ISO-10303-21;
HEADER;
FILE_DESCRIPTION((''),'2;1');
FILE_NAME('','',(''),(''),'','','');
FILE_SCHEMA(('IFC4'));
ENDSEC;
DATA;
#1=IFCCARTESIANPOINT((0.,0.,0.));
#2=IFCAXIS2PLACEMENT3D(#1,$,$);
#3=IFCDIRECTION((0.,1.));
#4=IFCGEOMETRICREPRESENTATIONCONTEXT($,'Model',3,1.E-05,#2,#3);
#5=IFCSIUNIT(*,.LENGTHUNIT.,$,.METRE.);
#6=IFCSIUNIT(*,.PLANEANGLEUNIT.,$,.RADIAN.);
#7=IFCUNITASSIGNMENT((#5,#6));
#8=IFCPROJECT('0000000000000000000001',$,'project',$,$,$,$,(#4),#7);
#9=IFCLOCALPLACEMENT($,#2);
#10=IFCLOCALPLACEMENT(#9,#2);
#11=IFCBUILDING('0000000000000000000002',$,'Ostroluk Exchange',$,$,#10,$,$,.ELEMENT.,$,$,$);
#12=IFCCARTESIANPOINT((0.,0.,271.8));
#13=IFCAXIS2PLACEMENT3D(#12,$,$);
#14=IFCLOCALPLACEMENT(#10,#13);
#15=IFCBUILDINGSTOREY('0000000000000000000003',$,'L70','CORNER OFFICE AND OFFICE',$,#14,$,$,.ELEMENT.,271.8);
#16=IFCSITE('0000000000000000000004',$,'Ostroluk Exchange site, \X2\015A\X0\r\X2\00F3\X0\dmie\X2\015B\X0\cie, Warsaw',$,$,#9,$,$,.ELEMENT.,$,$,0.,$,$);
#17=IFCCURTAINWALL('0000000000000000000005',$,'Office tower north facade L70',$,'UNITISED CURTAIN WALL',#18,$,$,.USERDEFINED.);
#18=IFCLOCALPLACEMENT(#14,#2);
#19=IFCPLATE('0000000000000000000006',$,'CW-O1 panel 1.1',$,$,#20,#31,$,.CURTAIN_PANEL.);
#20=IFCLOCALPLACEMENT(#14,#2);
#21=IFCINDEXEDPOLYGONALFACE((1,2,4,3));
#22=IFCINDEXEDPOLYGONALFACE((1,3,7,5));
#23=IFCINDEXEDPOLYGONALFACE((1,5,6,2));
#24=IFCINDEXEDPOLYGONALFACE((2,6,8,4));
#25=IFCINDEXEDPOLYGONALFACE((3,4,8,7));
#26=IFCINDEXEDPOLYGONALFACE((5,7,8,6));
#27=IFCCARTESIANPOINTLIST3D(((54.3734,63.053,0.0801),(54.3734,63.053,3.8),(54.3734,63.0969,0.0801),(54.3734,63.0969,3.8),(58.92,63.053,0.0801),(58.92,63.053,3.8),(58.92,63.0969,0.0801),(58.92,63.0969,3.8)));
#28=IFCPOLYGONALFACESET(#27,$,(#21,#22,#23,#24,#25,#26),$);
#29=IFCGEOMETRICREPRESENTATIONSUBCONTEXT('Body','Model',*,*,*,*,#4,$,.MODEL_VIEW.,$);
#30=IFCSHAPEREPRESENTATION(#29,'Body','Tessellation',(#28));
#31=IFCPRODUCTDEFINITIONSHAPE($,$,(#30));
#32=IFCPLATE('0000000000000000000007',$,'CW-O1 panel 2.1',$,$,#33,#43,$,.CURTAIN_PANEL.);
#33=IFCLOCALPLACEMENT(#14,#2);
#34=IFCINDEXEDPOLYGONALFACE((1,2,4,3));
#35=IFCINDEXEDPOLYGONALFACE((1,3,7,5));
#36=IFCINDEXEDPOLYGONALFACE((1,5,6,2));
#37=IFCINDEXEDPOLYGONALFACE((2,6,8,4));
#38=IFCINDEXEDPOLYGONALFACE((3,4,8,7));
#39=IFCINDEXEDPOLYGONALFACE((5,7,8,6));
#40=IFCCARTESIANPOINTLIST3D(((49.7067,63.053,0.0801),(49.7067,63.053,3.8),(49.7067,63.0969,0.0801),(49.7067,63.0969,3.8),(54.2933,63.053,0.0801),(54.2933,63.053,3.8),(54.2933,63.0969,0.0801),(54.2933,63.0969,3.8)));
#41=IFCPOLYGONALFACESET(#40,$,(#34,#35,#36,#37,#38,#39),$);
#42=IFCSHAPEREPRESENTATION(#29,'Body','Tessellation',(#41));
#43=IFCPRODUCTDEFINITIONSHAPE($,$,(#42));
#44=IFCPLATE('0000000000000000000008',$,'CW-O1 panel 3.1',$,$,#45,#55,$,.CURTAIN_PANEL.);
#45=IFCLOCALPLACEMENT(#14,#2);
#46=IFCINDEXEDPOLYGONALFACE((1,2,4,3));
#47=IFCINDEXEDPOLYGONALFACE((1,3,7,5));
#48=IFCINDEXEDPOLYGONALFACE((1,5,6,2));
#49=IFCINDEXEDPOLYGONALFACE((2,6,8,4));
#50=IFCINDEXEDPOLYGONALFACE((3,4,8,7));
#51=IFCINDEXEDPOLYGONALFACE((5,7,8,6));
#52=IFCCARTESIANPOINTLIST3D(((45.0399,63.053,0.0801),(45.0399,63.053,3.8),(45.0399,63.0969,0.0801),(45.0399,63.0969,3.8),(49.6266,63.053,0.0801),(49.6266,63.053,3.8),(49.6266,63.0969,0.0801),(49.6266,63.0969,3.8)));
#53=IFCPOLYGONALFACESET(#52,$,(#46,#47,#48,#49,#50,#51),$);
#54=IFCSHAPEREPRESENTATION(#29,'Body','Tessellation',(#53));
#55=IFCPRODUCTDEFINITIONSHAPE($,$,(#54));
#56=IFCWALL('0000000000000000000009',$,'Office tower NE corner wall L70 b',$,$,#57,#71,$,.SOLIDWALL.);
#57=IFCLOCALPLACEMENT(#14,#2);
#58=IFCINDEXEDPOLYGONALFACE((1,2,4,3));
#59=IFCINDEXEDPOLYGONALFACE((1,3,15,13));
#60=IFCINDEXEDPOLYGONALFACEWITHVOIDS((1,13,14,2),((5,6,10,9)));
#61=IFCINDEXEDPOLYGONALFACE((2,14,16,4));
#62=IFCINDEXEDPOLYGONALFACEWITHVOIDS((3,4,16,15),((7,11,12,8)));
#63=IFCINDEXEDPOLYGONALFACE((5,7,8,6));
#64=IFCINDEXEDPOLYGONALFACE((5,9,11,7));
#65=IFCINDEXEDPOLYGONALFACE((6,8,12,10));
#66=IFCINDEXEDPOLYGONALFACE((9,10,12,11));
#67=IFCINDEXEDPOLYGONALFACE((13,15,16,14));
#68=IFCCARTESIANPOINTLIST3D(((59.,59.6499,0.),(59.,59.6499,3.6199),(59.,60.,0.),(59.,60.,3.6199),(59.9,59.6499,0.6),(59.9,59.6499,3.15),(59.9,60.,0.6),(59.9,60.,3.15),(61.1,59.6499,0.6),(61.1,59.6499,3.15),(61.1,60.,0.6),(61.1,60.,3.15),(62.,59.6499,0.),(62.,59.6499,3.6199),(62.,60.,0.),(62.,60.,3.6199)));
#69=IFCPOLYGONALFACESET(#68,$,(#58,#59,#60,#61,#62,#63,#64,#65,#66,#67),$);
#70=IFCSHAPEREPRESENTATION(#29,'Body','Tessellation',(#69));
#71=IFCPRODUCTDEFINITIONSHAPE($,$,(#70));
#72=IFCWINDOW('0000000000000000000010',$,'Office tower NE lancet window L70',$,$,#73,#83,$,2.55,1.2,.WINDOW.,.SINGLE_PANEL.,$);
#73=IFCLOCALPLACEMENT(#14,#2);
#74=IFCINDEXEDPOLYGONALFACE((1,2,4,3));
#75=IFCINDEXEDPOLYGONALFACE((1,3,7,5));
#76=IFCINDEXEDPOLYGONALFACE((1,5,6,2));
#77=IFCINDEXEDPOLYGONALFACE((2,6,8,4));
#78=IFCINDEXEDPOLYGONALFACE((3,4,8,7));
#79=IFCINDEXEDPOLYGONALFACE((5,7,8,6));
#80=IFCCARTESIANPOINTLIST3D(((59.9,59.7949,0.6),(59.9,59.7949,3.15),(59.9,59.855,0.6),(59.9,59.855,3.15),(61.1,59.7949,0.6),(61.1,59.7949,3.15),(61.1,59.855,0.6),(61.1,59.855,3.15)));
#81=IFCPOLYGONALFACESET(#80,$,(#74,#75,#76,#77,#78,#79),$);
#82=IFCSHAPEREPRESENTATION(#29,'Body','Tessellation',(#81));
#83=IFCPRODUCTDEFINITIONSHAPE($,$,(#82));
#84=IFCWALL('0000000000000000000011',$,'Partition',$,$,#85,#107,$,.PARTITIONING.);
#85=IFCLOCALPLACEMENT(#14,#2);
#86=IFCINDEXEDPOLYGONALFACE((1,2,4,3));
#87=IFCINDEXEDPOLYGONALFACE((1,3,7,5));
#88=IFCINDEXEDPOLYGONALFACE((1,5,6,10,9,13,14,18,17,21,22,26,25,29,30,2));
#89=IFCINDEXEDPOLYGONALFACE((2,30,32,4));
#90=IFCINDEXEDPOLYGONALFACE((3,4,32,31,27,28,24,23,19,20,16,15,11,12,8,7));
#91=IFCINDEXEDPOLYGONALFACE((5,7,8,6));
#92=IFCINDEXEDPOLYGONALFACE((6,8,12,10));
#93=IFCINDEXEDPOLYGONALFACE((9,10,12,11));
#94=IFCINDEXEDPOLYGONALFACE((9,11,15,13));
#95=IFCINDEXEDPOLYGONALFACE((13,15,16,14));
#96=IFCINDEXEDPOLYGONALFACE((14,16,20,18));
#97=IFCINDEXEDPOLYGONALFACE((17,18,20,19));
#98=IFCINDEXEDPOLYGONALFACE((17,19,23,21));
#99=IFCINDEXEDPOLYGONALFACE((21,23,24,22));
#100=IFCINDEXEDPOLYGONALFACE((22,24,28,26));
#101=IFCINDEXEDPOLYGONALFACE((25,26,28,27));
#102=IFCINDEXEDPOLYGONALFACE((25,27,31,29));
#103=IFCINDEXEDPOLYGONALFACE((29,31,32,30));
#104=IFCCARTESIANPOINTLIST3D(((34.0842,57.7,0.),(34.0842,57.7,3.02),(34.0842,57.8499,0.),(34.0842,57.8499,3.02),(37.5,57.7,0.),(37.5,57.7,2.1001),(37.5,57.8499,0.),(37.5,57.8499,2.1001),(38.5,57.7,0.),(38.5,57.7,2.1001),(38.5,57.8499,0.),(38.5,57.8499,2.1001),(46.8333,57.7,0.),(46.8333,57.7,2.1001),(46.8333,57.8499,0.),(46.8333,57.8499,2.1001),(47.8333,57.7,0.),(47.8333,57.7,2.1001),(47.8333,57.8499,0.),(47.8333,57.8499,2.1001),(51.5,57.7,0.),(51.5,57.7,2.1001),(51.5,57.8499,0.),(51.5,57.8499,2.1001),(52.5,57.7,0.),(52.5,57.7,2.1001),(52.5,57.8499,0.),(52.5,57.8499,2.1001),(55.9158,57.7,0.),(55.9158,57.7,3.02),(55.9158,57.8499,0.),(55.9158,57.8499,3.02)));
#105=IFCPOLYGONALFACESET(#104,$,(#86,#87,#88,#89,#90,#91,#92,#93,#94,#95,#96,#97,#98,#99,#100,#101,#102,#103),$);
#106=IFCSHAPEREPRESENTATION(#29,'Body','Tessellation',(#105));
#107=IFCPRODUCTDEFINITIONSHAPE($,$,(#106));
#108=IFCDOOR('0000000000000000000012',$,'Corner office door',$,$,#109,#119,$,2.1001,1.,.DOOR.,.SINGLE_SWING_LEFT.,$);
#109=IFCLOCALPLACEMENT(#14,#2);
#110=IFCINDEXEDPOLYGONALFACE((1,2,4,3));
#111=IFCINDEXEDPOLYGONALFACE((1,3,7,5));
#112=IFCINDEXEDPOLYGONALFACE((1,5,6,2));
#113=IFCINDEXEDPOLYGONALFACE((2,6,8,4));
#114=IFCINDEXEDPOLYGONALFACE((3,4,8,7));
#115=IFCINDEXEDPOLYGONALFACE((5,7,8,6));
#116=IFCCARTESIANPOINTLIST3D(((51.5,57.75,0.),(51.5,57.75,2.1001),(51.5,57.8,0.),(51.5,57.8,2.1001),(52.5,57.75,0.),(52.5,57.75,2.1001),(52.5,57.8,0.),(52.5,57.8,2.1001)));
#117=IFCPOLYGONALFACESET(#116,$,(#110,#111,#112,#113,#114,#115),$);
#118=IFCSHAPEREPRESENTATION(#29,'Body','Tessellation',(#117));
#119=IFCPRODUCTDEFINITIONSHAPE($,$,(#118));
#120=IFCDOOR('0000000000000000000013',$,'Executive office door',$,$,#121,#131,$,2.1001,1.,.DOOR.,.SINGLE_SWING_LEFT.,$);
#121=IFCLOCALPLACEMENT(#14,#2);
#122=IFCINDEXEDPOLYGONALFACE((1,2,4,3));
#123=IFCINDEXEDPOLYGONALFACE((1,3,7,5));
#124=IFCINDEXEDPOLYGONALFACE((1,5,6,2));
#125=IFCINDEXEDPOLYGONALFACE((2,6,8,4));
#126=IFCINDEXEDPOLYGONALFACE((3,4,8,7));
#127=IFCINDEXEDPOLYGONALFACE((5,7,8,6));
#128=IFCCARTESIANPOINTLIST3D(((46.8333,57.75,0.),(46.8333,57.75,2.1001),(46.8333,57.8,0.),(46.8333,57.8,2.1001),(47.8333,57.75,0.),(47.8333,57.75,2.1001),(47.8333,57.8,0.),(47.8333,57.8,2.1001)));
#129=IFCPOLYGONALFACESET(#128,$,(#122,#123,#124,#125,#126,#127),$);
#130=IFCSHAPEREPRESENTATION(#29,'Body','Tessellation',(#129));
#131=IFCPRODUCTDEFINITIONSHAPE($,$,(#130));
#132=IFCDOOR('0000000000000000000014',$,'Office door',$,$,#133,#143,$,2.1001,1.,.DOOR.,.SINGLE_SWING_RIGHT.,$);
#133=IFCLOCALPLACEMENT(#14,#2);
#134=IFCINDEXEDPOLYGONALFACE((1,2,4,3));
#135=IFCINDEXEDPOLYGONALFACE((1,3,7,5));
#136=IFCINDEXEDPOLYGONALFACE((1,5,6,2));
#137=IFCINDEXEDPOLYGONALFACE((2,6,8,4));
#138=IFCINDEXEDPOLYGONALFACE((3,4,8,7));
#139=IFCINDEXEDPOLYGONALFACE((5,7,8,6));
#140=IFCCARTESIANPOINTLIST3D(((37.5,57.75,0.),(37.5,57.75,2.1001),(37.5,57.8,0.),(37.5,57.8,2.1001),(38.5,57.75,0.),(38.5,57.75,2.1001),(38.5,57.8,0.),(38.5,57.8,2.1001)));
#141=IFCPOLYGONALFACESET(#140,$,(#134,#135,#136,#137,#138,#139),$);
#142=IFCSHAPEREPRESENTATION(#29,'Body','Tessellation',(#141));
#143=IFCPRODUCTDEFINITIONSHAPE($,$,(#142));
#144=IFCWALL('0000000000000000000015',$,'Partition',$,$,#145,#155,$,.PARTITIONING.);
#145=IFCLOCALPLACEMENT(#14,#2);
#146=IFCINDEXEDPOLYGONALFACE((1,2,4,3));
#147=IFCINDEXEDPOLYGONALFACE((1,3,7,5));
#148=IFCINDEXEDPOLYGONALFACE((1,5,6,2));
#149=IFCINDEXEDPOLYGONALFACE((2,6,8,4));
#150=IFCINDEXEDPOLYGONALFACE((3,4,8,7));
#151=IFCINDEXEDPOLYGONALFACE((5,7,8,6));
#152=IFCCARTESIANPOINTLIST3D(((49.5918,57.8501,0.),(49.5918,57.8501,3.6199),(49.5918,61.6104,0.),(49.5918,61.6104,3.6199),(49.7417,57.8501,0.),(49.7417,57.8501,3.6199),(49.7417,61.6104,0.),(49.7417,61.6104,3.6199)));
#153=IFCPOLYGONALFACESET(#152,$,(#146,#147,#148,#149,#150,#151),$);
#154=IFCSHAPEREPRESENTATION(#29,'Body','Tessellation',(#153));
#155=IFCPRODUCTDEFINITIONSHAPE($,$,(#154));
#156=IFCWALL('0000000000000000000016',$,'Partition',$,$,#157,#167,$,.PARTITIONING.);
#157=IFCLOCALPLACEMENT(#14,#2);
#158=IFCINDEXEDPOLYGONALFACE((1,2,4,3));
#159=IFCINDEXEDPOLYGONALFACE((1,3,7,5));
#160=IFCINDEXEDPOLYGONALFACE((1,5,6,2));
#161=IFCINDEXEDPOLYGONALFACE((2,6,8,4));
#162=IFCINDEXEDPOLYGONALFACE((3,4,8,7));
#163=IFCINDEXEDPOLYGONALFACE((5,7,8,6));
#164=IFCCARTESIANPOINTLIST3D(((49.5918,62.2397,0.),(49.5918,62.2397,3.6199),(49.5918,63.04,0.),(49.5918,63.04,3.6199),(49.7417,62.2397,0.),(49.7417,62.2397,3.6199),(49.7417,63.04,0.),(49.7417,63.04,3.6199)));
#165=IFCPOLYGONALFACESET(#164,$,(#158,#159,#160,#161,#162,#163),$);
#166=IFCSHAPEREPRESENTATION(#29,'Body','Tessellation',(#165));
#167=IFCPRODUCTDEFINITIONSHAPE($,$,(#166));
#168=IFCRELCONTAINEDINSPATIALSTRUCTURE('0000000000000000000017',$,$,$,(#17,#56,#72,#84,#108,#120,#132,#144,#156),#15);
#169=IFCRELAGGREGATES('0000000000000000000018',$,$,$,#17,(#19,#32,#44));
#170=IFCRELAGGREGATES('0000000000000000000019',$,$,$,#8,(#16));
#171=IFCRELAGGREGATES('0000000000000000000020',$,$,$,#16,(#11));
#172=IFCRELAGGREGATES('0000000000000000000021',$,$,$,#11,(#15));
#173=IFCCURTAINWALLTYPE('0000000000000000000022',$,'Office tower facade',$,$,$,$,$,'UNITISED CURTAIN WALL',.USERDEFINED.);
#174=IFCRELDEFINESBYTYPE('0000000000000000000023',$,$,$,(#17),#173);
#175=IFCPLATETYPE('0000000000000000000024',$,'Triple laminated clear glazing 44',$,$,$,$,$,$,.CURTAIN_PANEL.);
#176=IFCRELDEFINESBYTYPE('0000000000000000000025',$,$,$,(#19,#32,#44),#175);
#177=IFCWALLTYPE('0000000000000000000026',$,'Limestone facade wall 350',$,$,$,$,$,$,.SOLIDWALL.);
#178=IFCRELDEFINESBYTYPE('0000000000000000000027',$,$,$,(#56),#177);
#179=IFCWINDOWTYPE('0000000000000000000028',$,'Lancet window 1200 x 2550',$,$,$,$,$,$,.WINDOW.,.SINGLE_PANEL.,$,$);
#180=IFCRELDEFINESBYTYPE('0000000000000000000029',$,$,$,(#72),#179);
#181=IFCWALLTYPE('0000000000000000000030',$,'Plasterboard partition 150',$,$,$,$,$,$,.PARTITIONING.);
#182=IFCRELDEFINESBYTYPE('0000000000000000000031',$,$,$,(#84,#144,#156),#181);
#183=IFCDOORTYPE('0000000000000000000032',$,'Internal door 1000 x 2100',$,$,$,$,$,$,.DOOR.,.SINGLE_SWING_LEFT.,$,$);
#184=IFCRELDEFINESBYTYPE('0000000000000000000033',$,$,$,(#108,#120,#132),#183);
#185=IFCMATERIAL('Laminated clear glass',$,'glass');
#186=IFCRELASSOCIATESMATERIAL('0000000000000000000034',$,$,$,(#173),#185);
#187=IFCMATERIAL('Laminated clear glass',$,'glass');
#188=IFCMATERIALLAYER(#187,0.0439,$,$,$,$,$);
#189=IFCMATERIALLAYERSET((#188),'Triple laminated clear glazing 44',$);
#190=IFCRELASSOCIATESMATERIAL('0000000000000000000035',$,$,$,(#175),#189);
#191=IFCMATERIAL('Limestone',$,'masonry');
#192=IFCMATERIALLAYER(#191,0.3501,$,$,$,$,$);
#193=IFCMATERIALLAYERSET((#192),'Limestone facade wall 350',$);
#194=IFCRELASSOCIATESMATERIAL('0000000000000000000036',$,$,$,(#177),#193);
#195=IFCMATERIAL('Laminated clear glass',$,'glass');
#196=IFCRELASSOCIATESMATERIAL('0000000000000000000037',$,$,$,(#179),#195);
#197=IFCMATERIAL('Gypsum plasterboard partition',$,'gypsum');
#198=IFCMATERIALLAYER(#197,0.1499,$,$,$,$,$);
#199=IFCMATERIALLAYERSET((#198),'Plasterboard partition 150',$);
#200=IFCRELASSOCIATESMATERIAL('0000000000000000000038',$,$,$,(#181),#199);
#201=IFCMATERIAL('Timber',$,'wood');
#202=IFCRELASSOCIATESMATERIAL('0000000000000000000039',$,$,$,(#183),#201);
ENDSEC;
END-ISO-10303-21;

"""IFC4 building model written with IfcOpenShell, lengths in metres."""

from ifc_helpers import new_model, si_unit, direction, frame, frame_2d, origin, origin_2d, place, context, subcontext, project, spatial, rectangle, extrude, material, layer, layer_set, type_object, element, fill, aggregate, save


model = new_model("IFC4")

# Units and contexts
model_context = context("Model", 3, precision=1e-05, world=origin(), true_north=direction((0.0, 1.0)))
body_context = subcontext(model_context, "Body", "Model", "MODEL_VIEW")
ifc_project = project(units=[si_unit("LENGTHUNIT", "METRE"), si_unit("PLANEANGLEUNIT", "RADIAN")], contexts=[model_context])

# Site, building, storey
site_placement = place(None, origin())
site = spatial("IfcSite", under=ifc_project, at=site_placement, Name="Ostroluk Exchange site, Śródmieście, Warsaw", CompositionType="ELEMENT", RefElevation=0.0)
building_placement = place(site_placement, origin())
building = spatial("IfcBuilding", under=site, at=building_placement, Name="Ostroluk Exchange", CompositionType="ELEMENT")
storey_placement = place(building_placement, frame((0.0, 0.0, 271.8)))
storey = spatial("IfcBuildingStorey", under=building, at=storey_placement, Name="L70", Description="CORNER OFFICE AND OFFICE", CompositionType="ELEMENT", Elevation=271.8)

# Curtain wall
ifc_material_1 = material(Name="Laminated clear glass", Category="glass")
curtain_wall_type = type_object("IfcCurtainWallType", Name="Office tower facade", ElementType="UNITISED CURTAIN WALL", PredefinedType="USERDEFINED", material=ifc_material_1)
curtain_wall_1_placement = place(storey_placement, origin())
curtain_wall_1 = element("IfcCurtainWall", 1, at=curtain_wall_1_placement, inside=storey, type_object=curtain_wall_type, Name="Office tower north facade L70", ObjectType="UNITISED CURTAIN WALL", PredefinedType="USERDEFINED")

# Plates
ifc_material_2 = material(Name="Laminated clear glass", Category="glass")
ifc_layer_1 = layer(ifc_material_2, 0.0439)
ifc_layer_set_1 = layer_set([ifc_layer_1], Name="Triple laminated clear glazing 44")
plate_type_1 = type_object("IfcPlateType", Name="Triple laminated clear glazing 44", PredefinedType="CURTAIN_PANEL", material=ifc_layer_set_1)
plate_1_placement = place(storey_placement, frame((56.6467, 63.075, 0.0801), z_axis=(0.0, 0.0, 1.0), x_axis=(-1.0, 0.0, 0.0)))
plate_1 = element("IfcPlate", 2, at=plate_1_placement, type_object=plate_type_1, Name="CW-O1 panel 1.1", PredefinedType="CURTAIN_PANEL", context=body_context, shape_type="SweptSolid", body=[
    extrude(rectangle(XDim=4.5466, YDim=0.0439, at=origin_2d()), origin(), (0.0, 0.0, 1.0), 3.72),
])
plate_2_placement = place(storey_placement, frame((52.0, 63.075, 0.0801), z_axis=(0.0, 0.0, 1.0), x_axis=(-1.0, 0.0, 0.0)))
plate_2 = element("IfcPlate", 3, at=plate_2_placement, type_object=plate_type_1, Name="CW-O1 panel 2.1", PredefinedType="CURTAIN_PANEL", context=body_context, shape_type="SweptSolid", body=[
    extrude(rectangle(XDim=4.5867, YDim=0.0439, at=origin_2d()), origin(), (0.0, 0.0, 1.0), 3.72),
])
plate_3_placement = place(storey_placement, frame((47.3333, 63.075, 0.0801), z_axis=(0.0, 0.0, 1.0), x_axis=(-1.0, 0.0, 0.0)))
plate_3 = element("IfcPlate", 4, at=plate_3_placement, type_object=plate_type_1, Name="CW-O1 panel 3.1", PredefinedType="CURTAIN_PANEL", context=body_context, shape_type="SweptSolid", body=[
    extrude(rectangle(XDim=4.5867, YDim=0.0439, at=origin_2d()), origin(), (0.0, 0.0, 1.0), 3.72),
])
aggregate(curtain_wall_1, [plate_1, plate_2, plate_3])

# Shared definitions
ifc_material_3 = material(Name="Limestone", Category="masonry")
ifc_layer_2 = layer(ifc_material_3, 0.3501)
ifc_layer_set_2 = layer_set([ifc_layer_2], Name="Limestone facade wall 350")
wall_type_1 = type_object("IfcWallType", Name="Limestone facade wall 350", PredefinedType="SOLIDWALL", material=ifc_layer_set_2)

# Wall, opening, window
wall_1_placement = place(storey_placement, frame((59.0, 59.825, 0.0), z_axis=(0.0, 0.0, 1.0), x_axis=(1.0, 0.0, 0.0)))
wall_1 = element("IfcWall", 5, at=wall_1_placement, inside=storey, type_object=wall_type_1, Name="Office tower NE corner wall L70 b", PredefinedType="SOLIDWALL", context=body_context, shape_type="SweptSolid", body=[
    extrude(rectangle(XDim=3.0, YDim=0.3501, at=frame_2d((1.5, 0.0))), origin(), (0.0, 0.0, 1.0), 3.6199),
])
opening_1_placement = place(wall_1_placement, frame((0.8999, 0.0, 0.6001)))
opening_1 = element("IfcOpeningElement", 6, at=opening_1_placement, cuts=wall_1, PredefinedType="OPENING", context=body_context, shape_type="SweptSolid", body=[
    extrude(rectangle(XDim=1.2, YDim=2.55, at=frame_2d((0.6001, 1.2749))), frame((0.0, 0.1851, 0.0), z_axis=(0.0, -1.0, 0.0), x_axis=(1.0, 0.0, 0.0)), (0.0, 0.0, 1.0), 0.3701),
])
ifc_material_4 = material(Name="Laminated clear glass", Category="glass")
window_type = type_object("IfcWindowType", Name="Lancet window 1200 x 2550", PartitioningType="SINGLE_PANEL", PredefinedType="WINDOW", material=ifc_material_4)
window_placement = place(opening_1_placement, origin())
window = element("IfcWindow", 7, at=window_placement, inside=storey, type_object=window_type, Name="Office tower NE lancet window L70", OverallHeight=2.55, OverallWidth=1.2, PartitioningType="SINGLE_PANEL", PredefinedType="WINDOW", context=body_context, shape_type="SweptSolid", body=[
    extrude(rectangle(XDim=1.2, YDim=2.55, at=frame_2d((0.6001, 1.2749))), frame((0.0, 0.03, 0.0), z_axis=(0.0, -1.0, 0.0), x_axis=(1.0, 0.0, 0.0)), (0.0, 0.0, 1.0), 0.0601),
])
fill(opening_1, window)

# Wall, openings, doors
ifc_material_5 = material(Name="Gypsum plasterboard partition", Category="gypsum")
ifc_layer_3 = layer(ifc_material_5, 0.1499)
ifc_layer_set_3 = layer_set([ifc_layer_3], Name="Plasterboard partition 150")
wall_type_2 = type_object("IfcWallType", Name="Plasterboard partition 150", PredefinedType="PARTITIONING", material=ifc_layer_set_3)
wall_2_placement = place(storey_placement, frame((55.9158, 57.7749, 0.0), z_axis=(0.0, 0.0, 1.0), x_axis=(-1.0, 0.0, 0.0)))
wall_2 = element("IfcWall", 8, at=wall_2_placement, inside=storey, type_object=wall_type_2, Name="Partition", PredefinedType="PARTITIONING", context=body_context, shape_type="SweptSolid", body=[
    extrude(rectangle(XDim=21.8315, YDim=0.1499, at=frame_2d((10.9158, 0.0))), origin(), (0.0, 0.0, 1.0), 3.02),
])
opening_2_placement = place(wall_2_placement, frame((3.4158, 0.0, 0.0)))
opening_2 = element("IfcOpeningElement", 9, at=opening_2_placement, cuts=wall_2, PredefinedType="OPENING", context=body_context, shape_type="SweptSolid", body=[
    extrude(rectangle(XDim=1.0, YDim=2.1001, at=frame_2d((0.5, 1.05))), frame((0.0, 0.085, 0.0), z_axis=(0.0, -1.0, 0.0), x_axis=(1.0, 0.0, 0.0)), (0.0, 0.0, 1.0), 0.1699),
])
opening_3_placement = place(wall_2_placement, frame((8.0825, 0.0, 0.0)))
opening_3 = element("IfcOpeningElement", 10, at=opening_3_placement, cuts=wall_2, PredefinedType="OPENING", context=body_context, shape_type="SweptSolid", body=[
    extrude(rectangle(XDim=1.0, YDim=2.1001, at=frame_2d((0.5, 1.05))), frame((0.0, 0.085, 0.0), z_axis=(0.0, -1.0, 0.0), x_axis=(1.0, 0.0, 0.0)), (0.0, 0.0, 1.0), 0.1699),
])
opening_4_placement = place(wall_2_placement, frame((17.4158, 0.0, 0.0)))
opening_4 = element("IfcOpeningElement", 11, at=opening_4_placement, cuts=wall_2, PredefinedType="OPENING", context=body_context, shape_type="SweptSolid", body=[
    extrude(rectangle(XDim=1.0, YDim=2.1001, at=frame_2d((0.5, 1.05))), frame((0.0, 0.085, 0.0), z_axis=(0.0, -1.0, 0.0), x_axis=(1.0, 0.0, 0.0)), (0.0, 0.0, 1.0), 0.1699),
])
ifc_material_6 = material(Name="Timber", Category="wood")
door_type_1 = type_object("IfcDoorType", Name="Internal door 1000 x 2100", OperationType="SINGLE_SWING_LEFT", PredefinedType="DOOR", material=ifc_material_6)
door_1_placement = place(opening_2_placement, origin())
door_1 = element("IfcDoor", 12, at=door_1_placement, inside=storey, type_object=door_type_1, Name="Corner office door", OperationType="SINGLE_SWING_LEFT", OverallHeight=2.1001, OverallWidth=1.0, PredefinedType="DOOR", context=body_context, shape_type="SweptSolid", body=[
    extrude(rectangle(XDim=1.0, YDim=2.1001, at=frame_2d((0.5, 1.05))), frame((0.0, 0.0249, 0.0), z_axis=(0.0, -1.0, 0.0), x_axis=(1.0, 0.0, 0.0)), (0.0, 0.0, 1.0), 0.05),
])
fill(opening_2, door_1)
door_2_placement = place(opening_3_placement, origin())
door_2 = element("IfcDoor", 13, at=door_2_placement, inside=storey, type_object=door_type_1, Name="Executive office door", OperationType="SINGLE_SWING_LEFT", OverallHeight=2.1001, OverallWidth=1.0, PredefinedType="DOOR", context=body_context, shape_type="SweptSolid", body=[
    extrude(rectangle(XDim=1.0, YDim=2.1001, at=frame_2d((0.5, 1.05))), frame((0.0, 0.0249, 0.0), z_axis=(0.0, -1.0, 0.0), x_axis=(1.0, 0.0, 0.0)), (0.0, 0.0, 1.0), 0.05),
])
fill(opening_3, door_2)
door_3_placement = place(opening_4_placement, origin())
door_3 = element("IfcDoor", 14, at=door_3_placement, inside=storey, type_object=door_type_1, Name="Office door", OperationType="SINGLE_SWING_RIGHT", OverallHeight=2.1001, OverallWidth=1.0, PredefinedType="DOOR", context=body_context, shape_type="SweptSolid", body=[
    extrude(rectangle(XDim=1.0, YDim=2.1001, at=frame_2d((0.5, 1.05))), frame((0.0, 0.0249, 0.0), z_axis=(0.0, -1.0, 0.0), x_axis=(1.0, 0.0, 0.0)), (0.0, 0.0, 1.0), 0.05),
])
fill(opening_4, door_3)

# Walls
wall_3_placement = place(storey_placement, frame((49.6667, 57.8501, 0.0), z_axis=(0.0, 0.0, 1.0), x_axis=(0.0, 1.0, 0.0)))
element("IfcWall", 15, at=wall_3_placement, inside=storey, type_object=wall_type_2, Name="Partition", PredefinedType="PARTITIONING", context=body_context, shape_type="SweptSolid", body=[
    extrude(rectangle(XDim=3.7603, YDim=0.1499, at=frame_2d((1.8801, 0.0))), origin(), (0.0, 0.0, 1.0), 3.6199),
])
wall_4_placement = place(storey_placement, frame((49.6667, 62.2397, 0.0), z_axis=(0.0, 0.0, 1.0), x_axis=(0.0, 1.0, 0.0)))
element("IfcWall", 16, at=wall_4_placement, inside=storey, type_object=wall_type_2, Name="Partition", PredefinedType="PARTITIONING", context=body_context, shape_type="SweptSolid", body=[
    extrude(rectangle(XDim=0.8003, YDim=0.1499, at=frame_2d((0.4001, 0.0))), origin(), (0.0, 0.0, 1.0), 3.6199),
])

save(model, "model.ifc")
